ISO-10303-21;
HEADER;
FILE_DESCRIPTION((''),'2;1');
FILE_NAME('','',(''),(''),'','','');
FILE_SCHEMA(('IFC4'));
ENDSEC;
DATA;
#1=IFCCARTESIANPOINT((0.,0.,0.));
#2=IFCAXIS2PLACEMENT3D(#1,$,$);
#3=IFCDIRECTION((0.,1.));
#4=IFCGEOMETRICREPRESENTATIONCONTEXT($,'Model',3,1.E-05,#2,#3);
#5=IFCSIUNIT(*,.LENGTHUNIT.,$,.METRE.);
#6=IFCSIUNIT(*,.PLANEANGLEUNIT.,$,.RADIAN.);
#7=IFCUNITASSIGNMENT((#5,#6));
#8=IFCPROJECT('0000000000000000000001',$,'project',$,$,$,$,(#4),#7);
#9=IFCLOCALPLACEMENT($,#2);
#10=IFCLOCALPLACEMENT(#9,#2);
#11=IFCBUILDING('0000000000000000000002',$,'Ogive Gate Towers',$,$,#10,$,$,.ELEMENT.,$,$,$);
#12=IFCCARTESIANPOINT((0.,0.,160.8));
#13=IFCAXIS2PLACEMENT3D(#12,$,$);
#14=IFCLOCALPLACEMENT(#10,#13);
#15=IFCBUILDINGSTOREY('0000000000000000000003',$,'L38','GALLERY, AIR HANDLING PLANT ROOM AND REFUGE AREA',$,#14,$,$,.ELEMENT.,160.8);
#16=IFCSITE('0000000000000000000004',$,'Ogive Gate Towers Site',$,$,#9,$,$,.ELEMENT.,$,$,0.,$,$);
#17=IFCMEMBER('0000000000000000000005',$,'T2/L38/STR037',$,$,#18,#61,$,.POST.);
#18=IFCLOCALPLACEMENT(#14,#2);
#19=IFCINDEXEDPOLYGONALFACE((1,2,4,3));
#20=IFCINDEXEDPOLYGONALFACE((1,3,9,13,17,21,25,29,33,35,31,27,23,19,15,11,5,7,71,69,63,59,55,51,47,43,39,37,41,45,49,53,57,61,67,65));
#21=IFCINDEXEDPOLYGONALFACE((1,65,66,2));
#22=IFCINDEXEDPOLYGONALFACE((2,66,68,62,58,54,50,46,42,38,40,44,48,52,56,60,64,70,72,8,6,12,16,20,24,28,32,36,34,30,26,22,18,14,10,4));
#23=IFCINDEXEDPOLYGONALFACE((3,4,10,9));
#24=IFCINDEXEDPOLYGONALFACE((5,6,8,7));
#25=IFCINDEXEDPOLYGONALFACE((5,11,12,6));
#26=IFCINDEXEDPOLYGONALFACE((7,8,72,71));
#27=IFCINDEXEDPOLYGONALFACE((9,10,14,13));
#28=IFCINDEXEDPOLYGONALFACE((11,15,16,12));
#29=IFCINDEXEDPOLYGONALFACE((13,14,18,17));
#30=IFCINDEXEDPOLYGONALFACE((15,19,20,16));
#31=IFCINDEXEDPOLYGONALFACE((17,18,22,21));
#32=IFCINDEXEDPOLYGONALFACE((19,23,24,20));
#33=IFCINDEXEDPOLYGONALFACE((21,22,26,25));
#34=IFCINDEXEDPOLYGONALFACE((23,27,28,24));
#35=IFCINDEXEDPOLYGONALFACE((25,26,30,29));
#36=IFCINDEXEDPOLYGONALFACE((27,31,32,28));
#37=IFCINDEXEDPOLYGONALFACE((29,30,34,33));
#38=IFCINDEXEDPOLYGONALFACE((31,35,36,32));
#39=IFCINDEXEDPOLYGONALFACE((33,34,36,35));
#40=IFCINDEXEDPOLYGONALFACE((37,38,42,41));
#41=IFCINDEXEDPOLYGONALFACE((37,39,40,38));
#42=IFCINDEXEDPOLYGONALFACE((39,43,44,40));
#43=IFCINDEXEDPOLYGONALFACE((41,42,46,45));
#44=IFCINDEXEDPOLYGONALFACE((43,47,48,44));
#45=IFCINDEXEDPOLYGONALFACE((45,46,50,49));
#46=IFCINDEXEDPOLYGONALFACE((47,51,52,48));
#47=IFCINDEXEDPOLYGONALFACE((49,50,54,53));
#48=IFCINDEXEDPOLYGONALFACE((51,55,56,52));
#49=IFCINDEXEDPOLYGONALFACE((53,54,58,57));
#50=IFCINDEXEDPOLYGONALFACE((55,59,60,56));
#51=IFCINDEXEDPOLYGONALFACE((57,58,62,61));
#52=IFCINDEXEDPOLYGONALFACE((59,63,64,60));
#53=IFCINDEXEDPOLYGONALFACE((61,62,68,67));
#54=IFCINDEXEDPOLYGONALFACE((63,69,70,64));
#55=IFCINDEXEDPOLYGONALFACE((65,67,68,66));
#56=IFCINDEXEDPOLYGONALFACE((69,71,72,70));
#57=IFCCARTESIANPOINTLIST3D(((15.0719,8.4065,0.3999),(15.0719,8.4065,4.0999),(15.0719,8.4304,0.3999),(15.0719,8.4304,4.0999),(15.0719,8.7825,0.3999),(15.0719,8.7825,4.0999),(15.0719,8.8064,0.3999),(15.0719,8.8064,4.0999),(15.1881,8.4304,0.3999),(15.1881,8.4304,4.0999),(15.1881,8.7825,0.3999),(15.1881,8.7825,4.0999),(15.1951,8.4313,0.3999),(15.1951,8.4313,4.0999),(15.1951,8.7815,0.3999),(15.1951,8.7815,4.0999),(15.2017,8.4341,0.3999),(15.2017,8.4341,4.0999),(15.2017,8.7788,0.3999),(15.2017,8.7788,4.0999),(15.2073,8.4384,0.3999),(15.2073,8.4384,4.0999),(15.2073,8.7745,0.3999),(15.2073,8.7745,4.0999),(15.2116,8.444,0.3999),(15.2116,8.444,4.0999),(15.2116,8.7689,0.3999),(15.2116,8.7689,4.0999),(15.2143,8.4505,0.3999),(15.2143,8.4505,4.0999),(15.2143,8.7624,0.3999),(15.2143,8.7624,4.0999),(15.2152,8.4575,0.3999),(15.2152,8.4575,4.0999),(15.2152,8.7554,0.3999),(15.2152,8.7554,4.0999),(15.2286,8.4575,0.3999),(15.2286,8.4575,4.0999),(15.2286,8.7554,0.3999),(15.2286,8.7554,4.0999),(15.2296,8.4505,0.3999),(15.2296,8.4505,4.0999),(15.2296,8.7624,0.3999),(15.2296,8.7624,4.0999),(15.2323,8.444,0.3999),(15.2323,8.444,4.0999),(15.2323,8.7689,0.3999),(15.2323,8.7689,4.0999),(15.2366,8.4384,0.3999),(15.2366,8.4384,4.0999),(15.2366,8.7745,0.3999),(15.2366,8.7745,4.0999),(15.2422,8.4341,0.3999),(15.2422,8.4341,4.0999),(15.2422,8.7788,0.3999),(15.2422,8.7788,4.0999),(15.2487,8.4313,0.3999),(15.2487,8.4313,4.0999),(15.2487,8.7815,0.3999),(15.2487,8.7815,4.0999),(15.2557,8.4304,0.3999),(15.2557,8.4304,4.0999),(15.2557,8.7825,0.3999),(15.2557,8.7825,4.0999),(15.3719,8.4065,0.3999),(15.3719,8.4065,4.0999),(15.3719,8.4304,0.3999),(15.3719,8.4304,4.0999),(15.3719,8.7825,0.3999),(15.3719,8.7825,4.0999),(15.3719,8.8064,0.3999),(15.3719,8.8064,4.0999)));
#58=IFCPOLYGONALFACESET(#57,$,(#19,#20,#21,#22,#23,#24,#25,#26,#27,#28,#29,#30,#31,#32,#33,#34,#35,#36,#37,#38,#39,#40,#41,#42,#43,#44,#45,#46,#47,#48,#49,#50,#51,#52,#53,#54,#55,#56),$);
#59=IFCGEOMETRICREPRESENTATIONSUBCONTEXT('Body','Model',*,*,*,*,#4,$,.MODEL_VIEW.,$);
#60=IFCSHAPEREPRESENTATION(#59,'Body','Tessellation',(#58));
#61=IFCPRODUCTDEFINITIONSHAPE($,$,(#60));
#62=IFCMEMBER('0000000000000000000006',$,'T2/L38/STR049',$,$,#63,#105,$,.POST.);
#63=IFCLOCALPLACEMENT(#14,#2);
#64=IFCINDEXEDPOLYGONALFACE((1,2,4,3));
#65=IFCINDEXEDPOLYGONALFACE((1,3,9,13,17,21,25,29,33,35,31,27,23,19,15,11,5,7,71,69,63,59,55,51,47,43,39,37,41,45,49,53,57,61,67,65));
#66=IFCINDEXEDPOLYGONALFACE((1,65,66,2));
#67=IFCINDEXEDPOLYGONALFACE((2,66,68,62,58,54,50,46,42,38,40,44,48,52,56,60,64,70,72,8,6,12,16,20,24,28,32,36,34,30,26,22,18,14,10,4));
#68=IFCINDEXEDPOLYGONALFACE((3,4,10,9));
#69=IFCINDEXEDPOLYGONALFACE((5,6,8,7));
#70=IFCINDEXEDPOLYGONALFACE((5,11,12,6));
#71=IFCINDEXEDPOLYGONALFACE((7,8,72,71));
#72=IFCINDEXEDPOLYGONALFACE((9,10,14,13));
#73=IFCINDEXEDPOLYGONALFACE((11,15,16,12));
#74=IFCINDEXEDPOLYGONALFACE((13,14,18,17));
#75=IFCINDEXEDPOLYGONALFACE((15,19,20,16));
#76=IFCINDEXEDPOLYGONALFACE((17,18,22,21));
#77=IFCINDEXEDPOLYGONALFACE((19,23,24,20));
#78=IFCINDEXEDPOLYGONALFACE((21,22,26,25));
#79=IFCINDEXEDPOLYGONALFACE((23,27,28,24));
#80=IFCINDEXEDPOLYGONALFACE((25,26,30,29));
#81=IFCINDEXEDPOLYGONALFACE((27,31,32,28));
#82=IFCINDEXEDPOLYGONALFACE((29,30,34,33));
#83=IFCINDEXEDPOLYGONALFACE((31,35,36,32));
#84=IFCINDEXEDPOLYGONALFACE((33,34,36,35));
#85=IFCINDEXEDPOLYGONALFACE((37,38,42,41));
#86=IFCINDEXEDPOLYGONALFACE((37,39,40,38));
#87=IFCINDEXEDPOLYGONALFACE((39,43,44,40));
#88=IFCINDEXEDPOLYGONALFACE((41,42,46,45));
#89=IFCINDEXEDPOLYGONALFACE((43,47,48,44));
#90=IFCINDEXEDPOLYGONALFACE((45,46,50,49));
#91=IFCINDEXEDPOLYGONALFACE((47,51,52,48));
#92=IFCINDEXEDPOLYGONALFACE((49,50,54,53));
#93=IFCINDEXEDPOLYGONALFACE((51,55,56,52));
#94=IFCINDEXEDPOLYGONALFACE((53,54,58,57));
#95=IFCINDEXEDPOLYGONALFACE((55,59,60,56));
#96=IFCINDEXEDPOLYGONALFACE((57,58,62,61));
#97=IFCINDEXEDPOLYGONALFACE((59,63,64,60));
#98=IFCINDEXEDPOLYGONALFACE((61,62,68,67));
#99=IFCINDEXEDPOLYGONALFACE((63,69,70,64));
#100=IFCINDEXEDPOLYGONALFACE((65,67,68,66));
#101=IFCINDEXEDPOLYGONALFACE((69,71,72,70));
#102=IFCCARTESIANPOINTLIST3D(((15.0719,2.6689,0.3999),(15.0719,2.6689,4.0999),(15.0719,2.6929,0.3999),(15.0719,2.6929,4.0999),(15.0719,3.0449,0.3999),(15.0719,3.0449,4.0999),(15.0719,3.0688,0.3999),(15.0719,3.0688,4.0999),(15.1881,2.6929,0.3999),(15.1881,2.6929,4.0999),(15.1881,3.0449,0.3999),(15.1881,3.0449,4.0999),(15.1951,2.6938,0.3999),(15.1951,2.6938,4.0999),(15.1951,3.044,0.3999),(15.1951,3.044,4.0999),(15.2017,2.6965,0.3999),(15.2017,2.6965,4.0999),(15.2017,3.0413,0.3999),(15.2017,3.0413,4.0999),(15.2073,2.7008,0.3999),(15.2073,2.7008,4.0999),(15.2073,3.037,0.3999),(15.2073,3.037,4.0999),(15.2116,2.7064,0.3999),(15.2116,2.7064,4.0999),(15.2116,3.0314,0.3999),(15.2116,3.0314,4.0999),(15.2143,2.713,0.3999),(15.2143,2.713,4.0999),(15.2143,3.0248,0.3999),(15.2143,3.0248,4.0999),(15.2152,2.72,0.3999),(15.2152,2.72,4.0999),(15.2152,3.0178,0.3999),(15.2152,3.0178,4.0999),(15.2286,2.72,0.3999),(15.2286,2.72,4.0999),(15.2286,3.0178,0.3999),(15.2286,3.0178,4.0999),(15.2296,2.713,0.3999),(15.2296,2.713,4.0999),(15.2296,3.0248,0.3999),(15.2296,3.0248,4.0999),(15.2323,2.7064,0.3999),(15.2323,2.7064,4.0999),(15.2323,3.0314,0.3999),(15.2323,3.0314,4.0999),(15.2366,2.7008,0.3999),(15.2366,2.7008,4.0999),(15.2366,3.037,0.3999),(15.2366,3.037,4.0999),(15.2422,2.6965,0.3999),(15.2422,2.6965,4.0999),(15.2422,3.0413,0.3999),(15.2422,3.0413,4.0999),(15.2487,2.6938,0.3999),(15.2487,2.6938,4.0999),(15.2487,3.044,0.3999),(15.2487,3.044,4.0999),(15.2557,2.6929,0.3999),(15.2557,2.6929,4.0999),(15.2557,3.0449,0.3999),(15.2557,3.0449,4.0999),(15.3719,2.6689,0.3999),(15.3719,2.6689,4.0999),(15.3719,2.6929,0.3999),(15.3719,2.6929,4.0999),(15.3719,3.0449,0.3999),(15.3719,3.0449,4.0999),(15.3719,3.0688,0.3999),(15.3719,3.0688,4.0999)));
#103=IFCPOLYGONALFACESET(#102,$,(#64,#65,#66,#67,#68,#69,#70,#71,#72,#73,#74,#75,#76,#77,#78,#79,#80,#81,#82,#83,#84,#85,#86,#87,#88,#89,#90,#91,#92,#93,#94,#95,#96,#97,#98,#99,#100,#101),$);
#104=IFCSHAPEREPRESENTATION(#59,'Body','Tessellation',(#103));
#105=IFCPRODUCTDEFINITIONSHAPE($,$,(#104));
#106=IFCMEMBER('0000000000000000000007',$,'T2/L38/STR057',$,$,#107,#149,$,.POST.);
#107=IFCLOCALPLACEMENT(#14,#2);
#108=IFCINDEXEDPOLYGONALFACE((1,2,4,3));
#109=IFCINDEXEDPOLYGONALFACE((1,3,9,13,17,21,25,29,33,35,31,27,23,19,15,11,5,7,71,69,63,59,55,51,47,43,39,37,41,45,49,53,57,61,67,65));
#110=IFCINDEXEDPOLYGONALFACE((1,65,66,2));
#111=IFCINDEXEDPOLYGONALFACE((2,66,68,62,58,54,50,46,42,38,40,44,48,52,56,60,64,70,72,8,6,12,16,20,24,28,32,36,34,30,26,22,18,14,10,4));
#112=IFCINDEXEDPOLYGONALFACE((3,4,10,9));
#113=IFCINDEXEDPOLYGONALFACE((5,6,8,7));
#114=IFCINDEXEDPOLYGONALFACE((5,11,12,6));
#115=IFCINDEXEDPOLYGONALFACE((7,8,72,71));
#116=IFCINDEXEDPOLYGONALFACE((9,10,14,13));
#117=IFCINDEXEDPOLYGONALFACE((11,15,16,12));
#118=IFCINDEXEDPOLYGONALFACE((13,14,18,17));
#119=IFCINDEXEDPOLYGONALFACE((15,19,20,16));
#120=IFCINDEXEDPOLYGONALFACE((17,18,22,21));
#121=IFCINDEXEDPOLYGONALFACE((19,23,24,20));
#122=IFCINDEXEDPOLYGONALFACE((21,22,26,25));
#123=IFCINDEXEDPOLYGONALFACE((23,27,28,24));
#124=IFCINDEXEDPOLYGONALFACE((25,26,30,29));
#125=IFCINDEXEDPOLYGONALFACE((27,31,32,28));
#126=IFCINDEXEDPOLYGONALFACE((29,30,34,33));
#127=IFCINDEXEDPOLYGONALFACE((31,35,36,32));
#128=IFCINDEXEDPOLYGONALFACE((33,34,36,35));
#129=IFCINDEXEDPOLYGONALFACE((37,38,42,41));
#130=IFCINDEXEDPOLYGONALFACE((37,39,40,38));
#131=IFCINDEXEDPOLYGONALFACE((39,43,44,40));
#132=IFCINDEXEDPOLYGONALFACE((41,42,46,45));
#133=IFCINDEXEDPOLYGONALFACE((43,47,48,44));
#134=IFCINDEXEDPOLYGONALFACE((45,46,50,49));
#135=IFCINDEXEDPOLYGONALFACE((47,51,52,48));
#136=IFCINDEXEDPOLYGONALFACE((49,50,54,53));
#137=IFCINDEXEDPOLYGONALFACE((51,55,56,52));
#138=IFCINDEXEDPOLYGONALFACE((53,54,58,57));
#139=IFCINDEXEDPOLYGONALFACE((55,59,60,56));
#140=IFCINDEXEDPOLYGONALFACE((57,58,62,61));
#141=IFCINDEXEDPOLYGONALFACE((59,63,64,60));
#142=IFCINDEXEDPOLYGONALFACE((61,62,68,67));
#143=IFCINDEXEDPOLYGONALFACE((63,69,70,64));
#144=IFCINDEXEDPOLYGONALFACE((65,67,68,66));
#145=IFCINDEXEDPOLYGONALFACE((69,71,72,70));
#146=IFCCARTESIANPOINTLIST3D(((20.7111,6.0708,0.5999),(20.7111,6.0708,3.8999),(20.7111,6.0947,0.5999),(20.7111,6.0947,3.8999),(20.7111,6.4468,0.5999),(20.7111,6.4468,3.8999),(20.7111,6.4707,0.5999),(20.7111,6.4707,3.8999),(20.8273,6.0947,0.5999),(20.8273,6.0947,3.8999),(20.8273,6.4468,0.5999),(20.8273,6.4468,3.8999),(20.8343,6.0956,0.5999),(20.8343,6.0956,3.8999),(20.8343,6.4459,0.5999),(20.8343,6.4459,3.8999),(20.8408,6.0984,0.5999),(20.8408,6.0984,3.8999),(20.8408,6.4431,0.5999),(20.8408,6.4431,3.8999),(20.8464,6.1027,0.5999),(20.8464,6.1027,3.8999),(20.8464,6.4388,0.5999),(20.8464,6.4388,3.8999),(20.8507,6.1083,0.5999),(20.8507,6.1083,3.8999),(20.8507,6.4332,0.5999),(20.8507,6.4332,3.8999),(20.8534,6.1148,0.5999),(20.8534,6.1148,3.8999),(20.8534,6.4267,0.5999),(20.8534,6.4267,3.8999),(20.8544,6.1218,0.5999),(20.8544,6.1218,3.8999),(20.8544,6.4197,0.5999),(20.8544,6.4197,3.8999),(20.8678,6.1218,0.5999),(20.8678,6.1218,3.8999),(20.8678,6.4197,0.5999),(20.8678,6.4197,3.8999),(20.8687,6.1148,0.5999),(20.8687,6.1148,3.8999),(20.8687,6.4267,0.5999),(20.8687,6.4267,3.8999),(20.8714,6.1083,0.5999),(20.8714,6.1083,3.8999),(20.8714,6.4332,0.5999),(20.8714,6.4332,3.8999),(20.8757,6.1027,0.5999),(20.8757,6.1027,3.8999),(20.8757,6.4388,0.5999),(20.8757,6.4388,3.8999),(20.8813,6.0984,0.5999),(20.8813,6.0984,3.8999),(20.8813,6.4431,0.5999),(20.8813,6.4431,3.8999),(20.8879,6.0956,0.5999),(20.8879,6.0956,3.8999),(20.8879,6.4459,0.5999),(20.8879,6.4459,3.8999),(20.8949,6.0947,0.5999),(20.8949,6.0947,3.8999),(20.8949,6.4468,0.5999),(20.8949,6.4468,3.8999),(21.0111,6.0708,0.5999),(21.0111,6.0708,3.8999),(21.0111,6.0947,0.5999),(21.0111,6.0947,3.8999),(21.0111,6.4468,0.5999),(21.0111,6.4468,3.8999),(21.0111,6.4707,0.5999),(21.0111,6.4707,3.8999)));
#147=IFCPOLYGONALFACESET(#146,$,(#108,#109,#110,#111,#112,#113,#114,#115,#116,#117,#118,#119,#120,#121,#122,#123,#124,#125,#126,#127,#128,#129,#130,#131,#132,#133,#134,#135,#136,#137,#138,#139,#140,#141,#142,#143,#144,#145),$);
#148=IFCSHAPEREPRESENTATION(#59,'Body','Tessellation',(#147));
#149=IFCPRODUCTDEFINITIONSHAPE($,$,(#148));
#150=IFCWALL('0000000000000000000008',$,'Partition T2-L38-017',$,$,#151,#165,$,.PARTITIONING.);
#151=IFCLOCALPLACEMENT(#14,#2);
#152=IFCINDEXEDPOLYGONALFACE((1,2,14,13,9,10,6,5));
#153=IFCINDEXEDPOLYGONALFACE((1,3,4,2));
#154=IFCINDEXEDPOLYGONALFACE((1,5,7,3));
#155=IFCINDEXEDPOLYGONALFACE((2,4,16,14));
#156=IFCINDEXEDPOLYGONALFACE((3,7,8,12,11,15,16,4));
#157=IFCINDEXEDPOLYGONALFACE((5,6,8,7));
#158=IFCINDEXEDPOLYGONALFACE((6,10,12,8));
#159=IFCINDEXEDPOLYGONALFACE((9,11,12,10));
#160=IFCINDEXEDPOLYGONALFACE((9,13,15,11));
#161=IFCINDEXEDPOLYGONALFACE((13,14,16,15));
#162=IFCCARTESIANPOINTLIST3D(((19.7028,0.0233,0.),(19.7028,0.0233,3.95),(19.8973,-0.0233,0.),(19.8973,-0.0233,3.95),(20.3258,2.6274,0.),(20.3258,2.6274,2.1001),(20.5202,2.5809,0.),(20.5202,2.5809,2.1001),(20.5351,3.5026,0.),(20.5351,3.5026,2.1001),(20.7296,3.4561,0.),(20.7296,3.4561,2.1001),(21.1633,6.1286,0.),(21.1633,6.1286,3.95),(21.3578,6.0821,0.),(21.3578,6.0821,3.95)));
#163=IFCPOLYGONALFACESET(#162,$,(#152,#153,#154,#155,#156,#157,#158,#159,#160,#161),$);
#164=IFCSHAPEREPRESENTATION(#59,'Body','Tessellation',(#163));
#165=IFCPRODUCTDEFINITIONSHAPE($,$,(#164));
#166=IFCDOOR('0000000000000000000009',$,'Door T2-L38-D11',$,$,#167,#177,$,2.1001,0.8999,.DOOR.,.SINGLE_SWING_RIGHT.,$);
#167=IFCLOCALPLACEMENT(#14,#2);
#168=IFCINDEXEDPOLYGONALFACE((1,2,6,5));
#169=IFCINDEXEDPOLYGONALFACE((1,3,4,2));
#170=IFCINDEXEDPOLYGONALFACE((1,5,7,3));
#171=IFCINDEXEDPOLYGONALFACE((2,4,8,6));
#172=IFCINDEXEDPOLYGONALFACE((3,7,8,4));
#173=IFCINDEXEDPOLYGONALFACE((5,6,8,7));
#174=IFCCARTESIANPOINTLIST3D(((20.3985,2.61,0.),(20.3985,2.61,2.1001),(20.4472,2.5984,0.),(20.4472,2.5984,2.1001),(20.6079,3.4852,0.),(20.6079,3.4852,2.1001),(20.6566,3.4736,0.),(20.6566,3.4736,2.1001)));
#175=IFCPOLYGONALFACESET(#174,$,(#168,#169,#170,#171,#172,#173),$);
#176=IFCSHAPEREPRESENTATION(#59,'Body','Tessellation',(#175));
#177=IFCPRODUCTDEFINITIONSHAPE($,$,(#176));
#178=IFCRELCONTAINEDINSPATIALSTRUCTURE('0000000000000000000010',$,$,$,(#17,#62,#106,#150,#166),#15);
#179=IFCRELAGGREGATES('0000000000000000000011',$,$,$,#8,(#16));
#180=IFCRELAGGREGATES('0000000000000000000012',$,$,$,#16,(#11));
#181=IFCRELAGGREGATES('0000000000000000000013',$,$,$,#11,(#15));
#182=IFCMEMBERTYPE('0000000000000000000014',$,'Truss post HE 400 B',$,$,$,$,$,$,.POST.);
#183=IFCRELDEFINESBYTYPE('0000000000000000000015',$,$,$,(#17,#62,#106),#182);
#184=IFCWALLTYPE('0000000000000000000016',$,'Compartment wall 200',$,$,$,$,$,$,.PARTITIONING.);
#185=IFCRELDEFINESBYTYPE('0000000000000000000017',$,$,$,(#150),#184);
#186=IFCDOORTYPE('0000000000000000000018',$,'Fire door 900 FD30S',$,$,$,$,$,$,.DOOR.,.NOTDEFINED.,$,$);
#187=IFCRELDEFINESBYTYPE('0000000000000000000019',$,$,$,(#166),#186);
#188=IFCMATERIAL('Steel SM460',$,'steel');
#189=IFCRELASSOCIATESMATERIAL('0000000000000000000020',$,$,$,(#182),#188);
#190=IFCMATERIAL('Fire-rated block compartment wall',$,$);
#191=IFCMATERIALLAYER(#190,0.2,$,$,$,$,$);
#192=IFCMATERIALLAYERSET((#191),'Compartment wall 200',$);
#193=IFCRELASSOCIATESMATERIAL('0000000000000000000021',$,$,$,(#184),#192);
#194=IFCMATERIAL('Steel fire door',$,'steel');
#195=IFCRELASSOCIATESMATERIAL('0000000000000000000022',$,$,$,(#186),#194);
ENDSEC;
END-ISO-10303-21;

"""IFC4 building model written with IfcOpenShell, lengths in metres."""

from ifc_helpers import new_model, si_unit, direction, frame, frame_2d, origin, origin_2d, place, context, subcontext, project, spatial, rectangle, i_section, extrude, material, layer, layer_set, material_profile, profile_set, type_object, element, fill, save


model = new_model("IFC4")

# Units and contexts
model_context = context("Model", 3, precision=1e-05, world=origin(), true_north=direction((0.0, 1.0)))
body_context = subcontext(model_context, "Body", "Model", "MODEL_VIEW")
ifc_project = project(units=[si_unit("LENGTHUNIT", "METRE"), si_unit("PLANEANGLEUNIT", "RADIAN")], contexts=[model_context])

# Site, building, storey
site_placement = place(None, origin())
site = spatial("IfcSite", under=ifc_project, at=site_placement, Name="Ogive Gate Towers Site", CompositionType="ELEMENT", RefElevation=0.0)
building_placement = place(site_placement, origin())
building = spatial("IfcBuilding", under=site, at=building_placement, Name="Ogive Gate Towers", CompositionType="ELEMENT")
storey_placement = place(building_placement, frame((0.0, 0.0, 160.8)))
storey = spatial("IfcBuildingStorey", under=building, at=storey_placement, Name="L38", Description="GALLERY, AIR HANDLING PLANT ROOM AND REFUGE AREA", CompositionType="ELEMENT", Elevation=160.8)

# Shared definitions
ifc_material_1 = material(Name="Steel SM460", Category="steel")

# Members
ifc_material_profile_1 = material_profile(ifc_material_1, i_section(OverallWidth=0.3, OverallDepth=0.3999, WebThickness=0.0134, FlangeThickness=0.0239, FilletRadius=0.0271, at=origin_2d()), Name="HE 400 B")
ifc_profile_set_1 = profile_set([ifc_material_profile_1], Name="Steel SM460")
member_type_1 = type_object("IfcMemberType", Name="Truss post HE 400 B", PredefinedType="POST", material=ifc_profile_set_1)
for number, where, z_axis, x_axis, name in (
    (1, (15.2219, 8.6064, 0.3999), (0.0, 0.0, 1.0), (1.0, 0.0, 0.0), "T2/L38/STR037"),
    (2, (15.2219, 2.8689, 0.3999), (0.0, 0.0, 1.0), (1.0, 0.0, 0.0), "T2/L38/STR049"),
):
    element("IfcMember", number, at=place(storey_placement, frame(where, z_axis=z_axis, x_axis=x_axis)), inside=storey, type_object=member_type_1, Name=name, PredefinedType="POST", context=body_context, shape_type="SweptSolid", body=[
        extrude(i_section(OverallWidth=0.3, OverallDepth=0.3999, WebThickness=0.0134, FlangeThickness=0.0239, FilletRadius=0.0271, at=origin_2d()), origin(), (0.0, 0.0, 1.0), 3.7),
    ])
member_1_placement = place(storey_placement, frame((20.8611, 6.2708, 0.5999), z_axis=(0.0, 0.0, 1.0), x_axis=(1.0, 0.0, 0.0)))
element("IfcMember", 3, at=member_1_placement, inside=storey, type_object=member_type_1, Name="T2/L38/STR057", PredefinedType="POST", context=body_context, shape_type="SweptSolid", body=[
    extrude(i_section(OverallWidth=0.3, OverallDepth=0.3999, WebThickness=0.0134, FlangeThickness=0.0239, FilletRadius=0.0271, at=origin_2d()), origin(), (0.0, 0.0, 1.0), 3.3),
])

# Wall, opening, door
ifc_material_2 = material(Name="Fire-rated block compartment wall")
ifc_layer_1 = layer(ifc_material_2, 0.2)
ifc_layer_set_1 = layer_set([ifc_layer_1], Name="Compartment wall 200")
wall_type_1 = type_object("IfcWallType", Name="Compartment wall 200", PredefinedType="PARTITIONING", material=ifc_layer_set_1)
wall_1_placement = place(storey_placement, frame((21.2605, 6.1052, 0.0), z_axis=(0.0, 0.0, 1.0), x_axis=(-0.232649, -0.972561, 0.0)))
wall_1 = element("IfcWall", 4, at=wall_1_placement, inside=storey, type_object=wall_type_1, Name="Partition T2-L38-017", PredefinedType="PARTITIONING", context=body_context, shape_type="SweptSolid", body=[
    extrude(rectangle(XDim=6.2776, YDim=0.2, at=frame_2d((3.1387, 0.0))), origin(), (0.0, 0.0, 1.0), 3.95),
])
opening_1_placement = place(wall_1_placement, frame((2.7, 0.0, 0.0)))
opening_1 = element("IfcOpeningElement", 5, at=opening_1_placement, cuts=wall_1, PredefinedType="OPENING", context=body_context, shape_type="SweptSolid", body=[
    extrude(rectangle(XDim=0.8999, YDim=2.1001, at=frame_2d((0.45, 1.05))), frame((0.0, 0.1099, 0.0), z_axis=(0.0, -1.0, 0.0), x_axis=(1.0, 0.0, 0.0)), (0.0, 0.0, 1.0), 0.22),
])
ifc_material_3 = material(Name="Steel fire door", Category="steel")
door_type_1 = type_object("IfcDoorType", Name="Fire door 900 FD30S", OperationType="NOTDEFINED", PredefinedType="DOOR", material=ifc_material_3)
door_1_placement = place(opening_1_placement, origin())
door_1 = element("IfcDoor", 6, at=door_1_placement, inside=storey, type_object=door_type_1, Name="Door T2-L38-D11", OperationType="SINGLE_SWING_RIGHT", OverallHeight=2.1001, OverallWidth=0.8999, PredefinedType="DOOR", context=body_context, shape_type="SweptSolid", body=[
    extrude(rectangle(XDim=0.8999, YDim=2.1001, at=frame_2d((0.45, 1.05))), frame((0.0, 0.0249, 0.0), z_axis=(0.0, -1.0, 0.0), x_axis=(1.0, 0.0, 0.0)), (0.0, 0.0, 1.0), 0.05),
])
fill(opening_1, door_1)

save(model, "model.ifc")
